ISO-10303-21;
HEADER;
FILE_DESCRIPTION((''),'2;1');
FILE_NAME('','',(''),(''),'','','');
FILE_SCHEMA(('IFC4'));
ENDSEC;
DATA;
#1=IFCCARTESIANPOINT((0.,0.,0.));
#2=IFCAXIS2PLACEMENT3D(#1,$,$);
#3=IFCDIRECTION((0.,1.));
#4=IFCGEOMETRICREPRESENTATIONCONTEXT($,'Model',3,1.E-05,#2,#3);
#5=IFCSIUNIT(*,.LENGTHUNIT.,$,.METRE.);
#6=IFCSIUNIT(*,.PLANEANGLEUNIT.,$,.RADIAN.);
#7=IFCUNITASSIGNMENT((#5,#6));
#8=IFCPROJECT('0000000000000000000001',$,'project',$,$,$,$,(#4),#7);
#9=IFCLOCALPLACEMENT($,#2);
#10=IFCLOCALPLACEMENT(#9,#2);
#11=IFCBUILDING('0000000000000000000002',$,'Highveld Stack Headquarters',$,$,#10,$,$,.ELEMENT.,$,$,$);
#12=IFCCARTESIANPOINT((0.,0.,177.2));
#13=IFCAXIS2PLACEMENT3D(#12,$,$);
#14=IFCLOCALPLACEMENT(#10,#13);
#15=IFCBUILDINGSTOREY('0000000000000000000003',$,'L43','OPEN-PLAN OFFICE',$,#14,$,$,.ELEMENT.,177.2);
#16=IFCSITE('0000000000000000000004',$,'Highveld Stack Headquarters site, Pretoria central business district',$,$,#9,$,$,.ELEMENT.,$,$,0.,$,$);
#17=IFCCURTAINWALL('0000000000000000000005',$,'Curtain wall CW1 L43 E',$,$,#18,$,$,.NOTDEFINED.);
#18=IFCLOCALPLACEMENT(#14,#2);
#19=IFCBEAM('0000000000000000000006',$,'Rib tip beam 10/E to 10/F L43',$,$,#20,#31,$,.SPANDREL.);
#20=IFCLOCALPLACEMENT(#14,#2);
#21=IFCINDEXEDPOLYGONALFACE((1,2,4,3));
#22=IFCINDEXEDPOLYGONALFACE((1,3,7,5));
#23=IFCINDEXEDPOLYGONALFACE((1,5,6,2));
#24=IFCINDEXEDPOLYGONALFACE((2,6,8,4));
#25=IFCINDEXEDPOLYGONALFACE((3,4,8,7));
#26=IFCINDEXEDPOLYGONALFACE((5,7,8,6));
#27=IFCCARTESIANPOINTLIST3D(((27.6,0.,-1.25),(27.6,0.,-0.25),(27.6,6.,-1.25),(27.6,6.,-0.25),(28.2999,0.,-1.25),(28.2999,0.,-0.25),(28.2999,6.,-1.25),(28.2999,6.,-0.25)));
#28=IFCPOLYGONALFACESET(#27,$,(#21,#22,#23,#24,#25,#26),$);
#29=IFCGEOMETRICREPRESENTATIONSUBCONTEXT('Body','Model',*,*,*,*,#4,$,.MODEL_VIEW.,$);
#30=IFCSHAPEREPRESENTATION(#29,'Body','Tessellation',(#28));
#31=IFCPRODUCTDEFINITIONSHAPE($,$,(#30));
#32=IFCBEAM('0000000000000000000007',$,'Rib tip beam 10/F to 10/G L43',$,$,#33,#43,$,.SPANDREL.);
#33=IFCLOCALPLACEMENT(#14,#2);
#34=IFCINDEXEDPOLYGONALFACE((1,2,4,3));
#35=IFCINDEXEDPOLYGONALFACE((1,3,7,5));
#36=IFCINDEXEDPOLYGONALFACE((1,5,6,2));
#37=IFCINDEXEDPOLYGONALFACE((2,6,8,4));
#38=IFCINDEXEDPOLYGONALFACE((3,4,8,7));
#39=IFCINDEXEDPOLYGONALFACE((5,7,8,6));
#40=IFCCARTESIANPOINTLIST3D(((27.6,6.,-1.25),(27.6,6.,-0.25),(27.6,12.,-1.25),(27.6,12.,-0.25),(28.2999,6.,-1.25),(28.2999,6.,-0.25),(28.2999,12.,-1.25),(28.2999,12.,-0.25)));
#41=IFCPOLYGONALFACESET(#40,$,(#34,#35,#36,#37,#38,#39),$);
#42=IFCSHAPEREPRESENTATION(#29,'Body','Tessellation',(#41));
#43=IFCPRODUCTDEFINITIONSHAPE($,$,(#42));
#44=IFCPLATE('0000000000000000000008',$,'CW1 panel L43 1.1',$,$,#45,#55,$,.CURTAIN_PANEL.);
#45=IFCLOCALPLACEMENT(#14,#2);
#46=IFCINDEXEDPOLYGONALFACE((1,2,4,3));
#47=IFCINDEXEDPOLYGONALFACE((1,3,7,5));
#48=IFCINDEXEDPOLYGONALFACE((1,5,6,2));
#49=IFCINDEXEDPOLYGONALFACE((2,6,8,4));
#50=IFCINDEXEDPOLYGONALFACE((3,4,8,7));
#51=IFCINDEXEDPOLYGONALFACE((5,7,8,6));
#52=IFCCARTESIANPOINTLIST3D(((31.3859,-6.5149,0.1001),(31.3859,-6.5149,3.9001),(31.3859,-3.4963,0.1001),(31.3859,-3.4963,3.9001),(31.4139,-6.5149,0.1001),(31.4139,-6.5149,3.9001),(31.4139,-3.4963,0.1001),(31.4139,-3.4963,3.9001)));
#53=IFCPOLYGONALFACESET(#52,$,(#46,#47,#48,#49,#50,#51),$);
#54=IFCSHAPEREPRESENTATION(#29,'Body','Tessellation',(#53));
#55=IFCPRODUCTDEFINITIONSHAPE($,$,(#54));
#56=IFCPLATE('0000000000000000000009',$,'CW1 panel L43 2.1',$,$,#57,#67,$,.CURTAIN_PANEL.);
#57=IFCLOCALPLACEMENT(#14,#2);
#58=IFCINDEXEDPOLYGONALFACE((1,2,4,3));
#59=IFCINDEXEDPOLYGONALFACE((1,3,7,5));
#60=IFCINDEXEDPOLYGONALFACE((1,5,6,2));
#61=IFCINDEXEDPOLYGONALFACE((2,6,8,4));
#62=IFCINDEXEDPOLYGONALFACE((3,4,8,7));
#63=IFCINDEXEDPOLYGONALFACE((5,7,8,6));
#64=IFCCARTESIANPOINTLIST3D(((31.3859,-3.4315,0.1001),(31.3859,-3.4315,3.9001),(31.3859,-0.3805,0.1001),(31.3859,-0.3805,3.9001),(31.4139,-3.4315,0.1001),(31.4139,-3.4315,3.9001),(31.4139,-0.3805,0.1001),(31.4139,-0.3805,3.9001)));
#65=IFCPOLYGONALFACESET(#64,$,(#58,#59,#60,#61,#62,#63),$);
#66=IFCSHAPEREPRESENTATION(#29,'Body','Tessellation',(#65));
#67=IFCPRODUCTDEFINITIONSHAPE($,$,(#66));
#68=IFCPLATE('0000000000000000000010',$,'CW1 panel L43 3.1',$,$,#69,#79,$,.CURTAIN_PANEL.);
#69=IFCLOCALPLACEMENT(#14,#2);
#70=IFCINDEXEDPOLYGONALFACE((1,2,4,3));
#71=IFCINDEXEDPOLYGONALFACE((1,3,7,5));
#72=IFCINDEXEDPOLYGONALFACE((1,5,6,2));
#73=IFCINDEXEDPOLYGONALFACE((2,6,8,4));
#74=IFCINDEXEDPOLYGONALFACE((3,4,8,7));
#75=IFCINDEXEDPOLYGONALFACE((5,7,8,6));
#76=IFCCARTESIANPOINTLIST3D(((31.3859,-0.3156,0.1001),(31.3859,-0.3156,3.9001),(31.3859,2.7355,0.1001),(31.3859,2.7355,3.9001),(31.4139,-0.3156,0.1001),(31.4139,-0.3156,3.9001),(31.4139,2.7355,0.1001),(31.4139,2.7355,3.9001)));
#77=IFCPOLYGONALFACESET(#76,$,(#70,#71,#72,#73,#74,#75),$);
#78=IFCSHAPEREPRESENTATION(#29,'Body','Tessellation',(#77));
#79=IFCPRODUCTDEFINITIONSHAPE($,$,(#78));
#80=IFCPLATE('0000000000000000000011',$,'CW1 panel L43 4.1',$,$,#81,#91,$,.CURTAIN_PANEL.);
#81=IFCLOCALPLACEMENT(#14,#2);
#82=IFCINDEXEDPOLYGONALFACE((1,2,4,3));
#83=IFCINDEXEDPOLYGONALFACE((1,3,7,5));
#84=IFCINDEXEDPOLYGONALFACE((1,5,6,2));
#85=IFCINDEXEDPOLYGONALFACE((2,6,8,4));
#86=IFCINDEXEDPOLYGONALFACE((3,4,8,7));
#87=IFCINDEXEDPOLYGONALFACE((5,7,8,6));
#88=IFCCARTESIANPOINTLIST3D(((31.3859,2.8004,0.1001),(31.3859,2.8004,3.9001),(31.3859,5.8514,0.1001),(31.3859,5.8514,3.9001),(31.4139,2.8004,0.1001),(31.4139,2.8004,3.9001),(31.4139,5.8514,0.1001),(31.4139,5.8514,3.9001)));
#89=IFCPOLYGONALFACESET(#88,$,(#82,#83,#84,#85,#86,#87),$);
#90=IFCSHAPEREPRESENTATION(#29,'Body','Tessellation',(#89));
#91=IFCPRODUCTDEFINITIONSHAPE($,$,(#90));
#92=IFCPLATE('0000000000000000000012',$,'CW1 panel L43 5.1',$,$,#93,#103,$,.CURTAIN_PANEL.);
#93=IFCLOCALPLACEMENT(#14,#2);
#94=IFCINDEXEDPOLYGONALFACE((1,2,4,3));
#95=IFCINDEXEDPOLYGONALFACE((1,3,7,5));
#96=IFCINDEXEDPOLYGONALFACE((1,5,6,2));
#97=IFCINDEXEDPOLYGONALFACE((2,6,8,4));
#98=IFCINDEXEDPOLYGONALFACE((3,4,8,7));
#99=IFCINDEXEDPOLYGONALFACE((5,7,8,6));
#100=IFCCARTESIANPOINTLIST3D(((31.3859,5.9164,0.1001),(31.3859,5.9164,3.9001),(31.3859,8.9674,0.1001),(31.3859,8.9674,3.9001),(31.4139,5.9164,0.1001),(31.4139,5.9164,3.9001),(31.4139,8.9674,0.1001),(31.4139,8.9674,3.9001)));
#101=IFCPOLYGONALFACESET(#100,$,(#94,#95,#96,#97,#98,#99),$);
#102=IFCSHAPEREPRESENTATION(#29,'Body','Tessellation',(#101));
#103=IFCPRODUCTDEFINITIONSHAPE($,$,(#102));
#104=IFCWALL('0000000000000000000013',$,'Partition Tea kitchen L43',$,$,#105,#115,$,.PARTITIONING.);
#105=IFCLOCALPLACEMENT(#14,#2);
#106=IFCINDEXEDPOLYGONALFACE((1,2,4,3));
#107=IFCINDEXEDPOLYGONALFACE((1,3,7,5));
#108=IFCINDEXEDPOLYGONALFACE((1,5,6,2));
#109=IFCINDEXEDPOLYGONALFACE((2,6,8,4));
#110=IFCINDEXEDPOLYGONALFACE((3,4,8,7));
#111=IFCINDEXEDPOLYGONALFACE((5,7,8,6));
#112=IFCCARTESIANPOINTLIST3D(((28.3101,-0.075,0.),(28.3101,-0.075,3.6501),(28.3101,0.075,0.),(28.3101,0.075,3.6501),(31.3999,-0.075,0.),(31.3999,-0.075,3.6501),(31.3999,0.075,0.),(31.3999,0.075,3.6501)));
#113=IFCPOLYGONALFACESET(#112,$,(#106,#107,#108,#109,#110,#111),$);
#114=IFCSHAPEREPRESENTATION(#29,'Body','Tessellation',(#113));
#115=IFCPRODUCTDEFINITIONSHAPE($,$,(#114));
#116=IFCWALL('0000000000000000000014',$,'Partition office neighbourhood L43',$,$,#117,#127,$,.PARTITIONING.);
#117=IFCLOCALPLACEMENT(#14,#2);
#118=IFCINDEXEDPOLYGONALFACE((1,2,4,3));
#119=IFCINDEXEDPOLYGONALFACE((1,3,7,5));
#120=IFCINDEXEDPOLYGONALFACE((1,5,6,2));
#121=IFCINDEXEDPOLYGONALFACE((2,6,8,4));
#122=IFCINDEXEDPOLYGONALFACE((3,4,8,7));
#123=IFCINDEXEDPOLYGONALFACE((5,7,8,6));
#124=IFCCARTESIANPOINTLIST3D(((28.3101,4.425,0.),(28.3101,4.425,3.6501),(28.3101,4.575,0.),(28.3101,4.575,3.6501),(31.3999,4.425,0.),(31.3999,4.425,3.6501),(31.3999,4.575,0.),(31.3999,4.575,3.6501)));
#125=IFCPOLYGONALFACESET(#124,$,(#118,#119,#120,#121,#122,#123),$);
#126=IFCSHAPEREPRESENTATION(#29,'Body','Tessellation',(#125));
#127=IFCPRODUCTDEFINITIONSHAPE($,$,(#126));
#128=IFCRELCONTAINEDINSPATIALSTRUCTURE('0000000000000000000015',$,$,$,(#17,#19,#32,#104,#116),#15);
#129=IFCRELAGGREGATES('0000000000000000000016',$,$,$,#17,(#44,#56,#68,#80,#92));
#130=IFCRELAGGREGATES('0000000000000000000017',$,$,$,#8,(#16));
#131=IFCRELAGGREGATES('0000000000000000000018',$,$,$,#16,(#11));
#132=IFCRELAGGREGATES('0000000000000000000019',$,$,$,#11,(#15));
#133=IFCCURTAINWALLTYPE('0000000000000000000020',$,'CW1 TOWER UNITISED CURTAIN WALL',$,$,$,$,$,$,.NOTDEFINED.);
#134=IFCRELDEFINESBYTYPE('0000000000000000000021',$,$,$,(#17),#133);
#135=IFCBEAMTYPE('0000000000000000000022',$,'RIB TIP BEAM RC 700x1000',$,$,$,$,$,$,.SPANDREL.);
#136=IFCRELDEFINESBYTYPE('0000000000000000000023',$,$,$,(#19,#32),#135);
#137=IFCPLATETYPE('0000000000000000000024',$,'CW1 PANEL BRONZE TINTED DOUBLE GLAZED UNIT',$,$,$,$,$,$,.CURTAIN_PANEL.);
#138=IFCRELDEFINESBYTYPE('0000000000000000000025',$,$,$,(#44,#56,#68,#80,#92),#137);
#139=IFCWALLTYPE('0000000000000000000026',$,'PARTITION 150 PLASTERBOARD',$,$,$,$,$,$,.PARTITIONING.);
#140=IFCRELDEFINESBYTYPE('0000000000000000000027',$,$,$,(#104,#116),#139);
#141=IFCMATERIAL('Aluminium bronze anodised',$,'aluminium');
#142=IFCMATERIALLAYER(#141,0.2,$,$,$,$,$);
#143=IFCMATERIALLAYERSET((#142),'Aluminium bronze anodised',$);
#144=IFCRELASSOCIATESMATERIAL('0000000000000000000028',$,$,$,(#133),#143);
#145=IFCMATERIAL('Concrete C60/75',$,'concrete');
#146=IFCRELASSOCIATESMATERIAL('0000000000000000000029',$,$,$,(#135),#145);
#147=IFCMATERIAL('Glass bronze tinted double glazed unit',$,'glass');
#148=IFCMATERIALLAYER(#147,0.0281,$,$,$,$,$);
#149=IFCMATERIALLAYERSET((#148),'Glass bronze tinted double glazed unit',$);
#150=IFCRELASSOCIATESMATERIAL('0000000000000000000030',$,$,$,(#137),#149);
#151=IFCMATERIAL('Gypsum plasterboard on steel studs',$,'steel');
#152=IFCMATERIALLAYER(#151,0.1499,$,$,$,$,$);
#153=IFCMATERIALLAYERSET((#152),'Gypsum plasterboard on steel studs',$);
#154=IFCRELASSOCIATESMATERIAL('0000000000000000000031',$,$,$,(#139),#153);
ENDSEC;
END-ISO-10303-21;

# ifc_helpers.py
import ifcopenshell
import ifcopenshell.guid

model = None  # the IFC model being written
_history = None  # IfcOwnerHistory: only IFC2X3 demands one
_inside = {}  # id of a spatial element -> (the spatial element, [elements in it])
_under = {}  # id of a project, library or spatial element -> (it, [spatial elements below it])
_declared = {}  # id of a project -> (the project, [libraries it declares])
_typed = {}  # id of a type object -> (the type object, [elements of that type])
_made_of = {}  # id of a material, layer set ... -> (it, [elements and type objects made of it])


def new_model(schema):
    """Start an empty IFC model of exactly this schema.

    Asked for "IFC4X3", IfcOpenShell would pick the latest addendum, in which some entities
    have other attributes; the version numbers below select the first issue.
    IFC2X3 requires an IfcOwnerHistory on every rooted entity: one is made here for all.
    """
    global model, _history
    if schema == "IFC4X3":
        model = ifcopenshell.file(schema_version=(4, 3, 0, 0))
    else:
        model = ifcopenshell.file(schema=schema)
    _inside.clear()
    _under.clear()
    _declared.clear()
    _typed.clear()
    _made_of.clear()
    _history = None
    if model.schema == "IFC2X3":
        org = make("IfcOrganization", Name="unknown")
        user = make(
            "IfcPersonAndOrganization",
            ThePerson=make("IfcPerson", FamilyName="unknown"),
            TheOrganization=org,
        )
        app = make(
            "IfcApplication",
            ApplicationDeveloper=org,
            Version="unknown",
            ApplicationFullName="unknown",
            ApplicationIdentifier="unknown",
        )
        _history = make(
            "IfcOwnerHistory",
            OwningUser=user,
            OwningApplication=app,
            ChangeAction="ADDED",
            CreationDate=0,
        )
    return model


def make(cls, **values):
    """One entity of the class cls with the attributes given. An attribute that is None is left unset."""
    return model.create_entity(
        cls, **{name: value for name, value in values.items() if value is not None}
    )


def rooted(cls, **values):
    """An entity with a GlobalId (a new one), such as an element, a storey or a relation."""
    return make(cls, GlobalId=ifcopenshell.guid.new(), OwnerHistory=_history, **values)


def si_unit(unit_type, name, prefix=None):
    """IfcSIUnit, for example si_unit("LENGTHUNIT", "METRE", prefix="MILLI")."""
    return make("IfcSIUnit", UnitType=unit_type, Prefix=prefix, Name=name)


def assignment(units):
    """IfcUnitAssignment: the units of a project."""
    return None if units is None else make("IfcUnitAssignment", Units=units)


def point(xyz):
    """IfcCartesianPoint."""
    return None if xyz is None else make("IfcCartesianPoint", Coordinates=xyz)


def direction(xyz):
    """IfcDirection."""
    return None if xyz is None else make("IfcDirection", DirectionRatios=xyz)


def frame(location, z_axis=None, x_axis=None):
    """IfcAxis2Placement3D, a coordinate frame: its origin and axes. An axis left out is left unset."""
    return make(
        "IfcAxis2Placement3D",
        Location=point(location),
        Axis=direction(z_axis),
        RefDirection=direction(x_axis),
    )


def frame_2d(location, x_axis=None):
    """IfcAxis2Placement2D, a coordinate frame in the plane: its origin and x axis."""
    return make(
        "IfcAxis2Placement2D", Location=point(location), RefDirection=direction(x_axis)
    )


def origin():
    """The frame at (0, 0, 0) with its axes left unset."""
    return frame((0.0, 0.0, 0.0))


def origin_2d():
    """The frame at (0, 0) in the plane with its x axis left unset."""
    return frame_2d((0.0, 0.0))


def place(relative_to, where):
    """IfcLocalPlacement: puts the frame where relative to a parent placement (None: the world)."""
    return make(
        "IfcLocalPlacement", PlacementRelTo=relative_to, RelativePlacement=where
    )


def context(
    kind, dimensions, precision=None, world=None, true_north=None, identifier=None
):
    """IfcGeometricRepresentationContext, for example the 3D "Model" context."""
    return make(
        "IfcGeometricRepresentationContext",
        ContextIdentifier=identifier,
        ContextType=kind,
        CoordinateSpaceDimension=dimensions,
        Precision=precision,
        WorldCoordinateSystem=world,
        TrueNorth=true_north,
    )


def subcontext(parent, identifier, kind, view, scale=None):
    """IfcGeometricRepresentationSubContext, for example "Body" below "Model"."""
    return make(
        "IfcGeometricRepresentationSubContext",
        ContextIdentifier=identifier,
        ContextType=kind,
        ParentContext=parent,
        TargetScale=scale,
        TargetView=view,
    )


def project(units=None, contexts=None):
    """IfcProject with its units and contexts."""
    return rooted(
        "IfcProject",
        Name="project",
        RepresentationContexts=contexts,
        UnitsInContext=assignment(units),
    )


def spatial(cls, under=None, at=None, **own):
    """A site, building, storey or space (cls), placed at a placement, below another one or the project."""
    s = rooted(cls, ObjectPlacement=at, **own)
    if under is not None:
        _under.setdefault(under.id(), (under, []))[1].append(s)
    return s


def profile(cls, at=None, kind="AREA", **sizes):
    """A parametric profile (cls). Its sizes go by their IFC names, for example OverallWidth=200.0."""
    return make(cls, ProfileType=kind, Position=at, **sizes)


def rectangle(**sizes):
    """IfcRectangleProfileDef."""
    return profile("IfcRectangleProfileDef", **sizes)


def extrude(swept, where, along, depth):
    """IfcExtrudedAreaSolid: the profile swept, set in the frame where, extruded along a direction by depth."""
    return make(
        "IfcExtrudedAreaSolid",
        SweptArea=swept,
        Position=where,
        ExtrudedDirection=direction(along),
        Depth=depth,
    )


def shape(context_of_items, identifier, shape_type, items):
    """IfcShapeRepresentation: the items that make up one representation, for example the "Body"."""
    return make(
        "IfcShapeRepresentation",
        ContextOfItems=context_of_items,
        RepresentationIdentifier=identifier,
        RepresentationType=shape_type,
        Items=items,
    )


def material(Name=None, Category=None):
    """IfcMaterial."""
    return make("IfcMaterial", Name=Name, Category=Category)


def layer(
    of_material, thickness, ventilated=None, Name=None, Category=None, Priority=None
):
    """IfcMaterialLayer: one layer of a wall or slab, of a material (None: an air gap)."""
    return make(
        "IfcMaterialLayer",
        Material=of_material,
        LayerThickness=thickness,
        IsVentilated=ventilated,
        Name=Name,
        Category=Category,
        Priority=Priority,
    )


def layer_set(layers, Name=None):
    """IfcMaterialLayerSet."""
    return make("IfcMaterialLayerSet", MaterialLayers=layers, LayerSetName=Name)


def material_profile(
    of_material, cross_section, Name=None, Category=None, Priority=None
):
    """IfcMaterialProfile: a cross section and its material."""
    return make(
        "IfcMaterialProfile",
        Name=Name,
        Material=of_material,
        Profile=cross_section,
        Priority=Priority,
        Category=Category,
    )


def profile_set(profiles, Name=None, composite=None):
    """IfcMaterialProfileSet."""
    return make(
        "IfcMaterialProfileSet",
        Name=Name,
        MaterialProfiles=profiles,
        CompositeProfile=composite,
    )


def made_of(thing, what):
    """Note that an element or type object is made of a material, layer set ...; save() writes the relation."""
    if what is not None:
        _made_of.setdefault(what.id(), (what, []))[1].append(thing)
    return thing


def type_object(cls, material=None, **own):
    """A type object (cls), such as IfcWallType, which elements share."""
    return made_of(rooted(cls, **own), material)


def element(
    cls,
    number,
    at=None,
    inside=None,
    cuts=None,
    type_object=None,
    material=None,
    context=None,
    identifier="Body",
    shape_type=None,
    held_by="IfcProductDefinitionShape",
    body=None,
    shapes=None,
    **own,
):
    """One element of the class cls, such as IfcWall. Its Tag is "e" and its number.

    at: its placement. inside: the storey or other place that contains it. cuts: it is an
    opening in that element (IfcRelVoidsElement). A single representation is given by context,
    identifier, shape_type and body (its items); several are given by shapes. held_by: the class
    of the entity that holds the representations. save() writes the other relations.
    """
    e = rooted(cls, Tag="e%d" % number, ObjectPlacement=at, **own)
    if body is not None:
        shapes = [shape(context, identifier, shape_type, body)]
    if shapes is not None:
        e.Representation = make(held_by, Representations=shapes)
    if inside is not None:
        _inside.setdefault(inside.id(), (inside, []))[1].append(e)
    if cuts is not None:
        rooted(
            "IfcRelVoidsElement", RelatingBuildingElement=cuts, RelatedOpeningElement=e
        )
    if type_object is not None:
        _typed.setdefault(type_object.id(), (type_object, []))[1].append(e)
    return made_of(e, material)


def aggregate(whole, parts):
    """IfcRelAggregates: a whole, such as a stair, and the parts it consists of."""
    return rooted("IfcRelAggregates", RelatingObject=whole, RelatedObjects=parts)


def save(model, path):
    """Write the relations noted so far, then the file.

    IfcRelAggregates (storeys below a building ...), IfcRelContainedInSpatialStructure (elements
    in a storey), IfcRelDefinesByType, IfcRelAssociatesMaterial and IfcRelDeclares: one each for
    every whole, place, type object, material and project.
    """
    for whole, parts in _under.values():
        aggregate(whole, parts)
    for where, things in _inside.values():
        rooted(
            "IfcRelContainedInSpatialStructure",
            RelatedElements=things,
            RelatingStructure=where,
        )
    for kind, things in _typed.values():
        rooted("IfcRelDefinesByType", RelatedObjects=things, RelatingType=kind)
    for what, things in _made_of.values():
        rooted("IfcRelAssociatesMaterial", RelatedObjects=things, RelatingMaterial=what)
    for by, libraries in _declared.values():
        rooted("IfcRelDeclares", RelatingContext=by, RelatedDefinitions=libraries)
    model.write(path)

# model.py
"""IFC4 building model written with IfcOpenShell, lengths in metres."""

from ifc_helpers import new_model, si_unit, direction, frame, frame_2d, origin, origin_2d, place, context, subcontext, project, spatial, rectangle, extrude, material, layer, layer_set, material_profile, profile_set, type_object, element, aggregate, save


model = new_model("IFC4")

# Units and contexts
model_context = context("Model", 3, precision=1e-05, world=origin(), true_north=direction((0.0, 1.0)))
body_context = subcontext(model_context, "Body", "Model", "MODEL_VIEW")
ifc_project = project(units=[si_unit("LENGTHUNIT", "METRE"), si_unit("PLANEANGLEUNIT", "RADIAN")], contexts=[model_context])

# Site, building, storey
site_placement = place(None, origin())
site = spatial("IfcSite", under=ifc_project, at=site_placement, Name="Highveld Stack Headquarters site, Pretoria central business district", CompositionType="ELEMENT", RefElevation=0.0)
building_placement = place(site_placement, origin())
building = spatial("IfcBuilding", under=site, at=building_placement, Name="Highveld Stack Headquarters", CompositionType="ELEMENT")
storey_placement = place(building_placement, frame((0.0, 0.0, 177.2)))
storey = spatial("IfcBuildingStorey", under=building, at=storey_placement, Name="L43", Description="OPEN-PLAN OFFICE", CompositionType="ELEMENT", Elevation=177.2)

# Curtain wall
ifc_material_1 = material(Name="Aluminium bronze anodised", Category="aluminium")
ifc_layer_1 = layer(ifc_material_1, 0.2)
ifc_layer_set_1 = layer_set([ifc_layer_1], Name="Aluminium bronze anodised")
curtain_wall_type = type_object("IfcCurtainWallType", Name="CW1 TOWER UNITISED CURTAIN WALL", PredefinedType="NOTDEFINED", material=ifc_layer_set_1)
curtain_wall_placement = place(storey_placement, origin())
curtain_wall = element("IfcCurtainWall", 1, at=curtain_wall_placement, inside=storey, type_object=curtain_wall_type, Name="Curtain wall CW1 L43 E", PredefinedType="NOTDEFINED")

# Beams
ifc_material_2 = material(Name="Concrete C60/75", Category="concrete")
ifc_material_profile_1 = material_profile(ifc_material_2, rectangle(XDim=0.7, YDim=1.0, at=origin_2d()), Name="RC 700x1000")
ifc_profile_set_1 = profile_set([ifc_material_profile_1], Name="Concrete C60/75")
beam_type = type_object("IfcBeamType", Name="RIB TIP BEAM RC 700x1000", PredefinedType="SPANDREL", material=ifc_profile_set_1)
for number, where, z_axis, x_axis, name in (
    (2, (27.95, 0.0, -0.75), (0.0, 1.0, 0.0), (-1.0, 0.0, 0.0), "Rib tip beam 10/E to 10/F L43"),
    (3, (27.95, 6.0, -0.75), (0.0, 1.0, 0.0), (-1.0, 0.0, 0.0), "Rib tip beam 10/F to 10/G L43"),
):
    element("IfcBeam", number, at=place(storey_placement, frame(where, z_axis=z_axis, x_axis=x_axis)), inside=storey, type_object=beam_type, Name=name, PredefinedType="SPANDREL", context=body_context, shape_type="SweptSolid", body=[
        extrude(rectangle(XDim=0.7, YDim=1.0, at=origin_2d()), origin(), (0.0, 0.0, 1.0), 6.0),
    ])

# Plates
ifc_material_3 = material(Name="Glass bronze tinted double glazed unit", Category="glass")
ifc_layer_2 = layer(ifc_material_3, 0.0281)
ifc_layer_set_2 = layer_set([ifc_layer_2], Name="Glass bronze tinted double glazed unit")
plate_type = type_object("IfcPlateType", Name="CW1 PANEL BRONZE TINTED DOUBLE GLAZED UNIT", PredefinedType="CURTAIN_PANEL", material=ifc_layer_set_2)
plate_1_placement = place(storey_placement, frame((31.3999, -5.0056, 0.1001), z_axis=(0.0, 0.0, 1.0), x_axis=(0.0, 1.0, 0.0)))
plate_1 = element("IfcPlate", 4, at=plate_1_placement, type_object=plate_type, Name="CW1 panel L43 1.1", PredefinedType="CURTAIN_PANEL", context=body_context, shape_type="SweptSolid", body=[
    extrude(rectangle(XDim=3.0186, YDim=0.0281, at=origin_2d()), origin(), (0.0, 0.0, 1.0), 3.8),
])
plate_2_placement = place(storey_placement, frame((31.3999, -1.906, 0.1001), z_axis=(0.0, 0.0, 1.0), x_axis=(0.0, 1.0, 0.0)))
plate_2 = element("IfcPlate", 5, at=plate_2_placement, type_object=plate_type, Name="CW1 panel L43 2.1", PredefinedType="CURTAIN_PANEL", context=body_context, shape_type="SweptSolid", body=[
    extrude(rectangle(XDim=3.051, YDim=0.0281, at=origin_2d()), origin(), (0.0, 0.0, 1.0), 3.8),
])
plate_3_placement = place(storey_placement, frame((31.3999, 1.21, 0.1001), z_axis=(0.0, 0.0, 1.0), x_axis=(0.0, 1.0, 0.0)))
plate_3 = element("IfcPlate", 6, at=plate_3_placement, type_object=plate_type, Name="CW1 panel L43 3.1", PredefinedType="CURTAIN_PANEL", context=body_context, shape_type="SweptSolid", body=[
    extrude(rectangle(XDim=3.051, YDim=0.0281, at=origin_2d()), origin(), (0.0, 0.0, 1.0), 3.8),
])
plate_4_placement = place(storey_placement, frame((31.3999, 4.3259, 0.1001), z_axis=(0.0, 0.0, 1.0), x_axis=(0.0, 1.0, 0.0)))
plate_4 = element("IfcPlate", 7, at=plate_4_placement, type_object=plate_type, Name="CW1 panel L43 4.1", PredefinedType="CURTAIN_PANEL", context=body_context, shape_type="SweptSolid", body=[
    extrude(rectangle(XDim=3.051, YDim=0.0281, at=origin_2d()), origin(), (0.0, 0.0, 1.0), 3.8),
])
plate_5_placement = place(storey_placement, frame((31.3999, 7.4419, 0.1001), z_axis=(0.0, 0.0, 1.0), x_axis=(0.0, 1.0, 0.0)))
plate_5 = element("IfcPlate", 8, at=plate_5_placement, type_object=plate_type, Name="CW1 panel L43 5.1", PredefinedType="CURTAIN_PANEL", context=body_context, shape_type="SweptSolid", body=[
    extrude(rectangle(XDim=3.051, YDim=0.0281, at=origin_2d()), origin(), (0.0, 0.0, 1.0), 3.8),
])
aggregate(curtain_wall, [plate_1, plate_2, plate_3, plate_4, plate_5])

# Walls
ifc_material_4 = material(Name="Gypsum plasterboard on steel studs", Category="steel")
ifc_layer_3 = layer(ifc_material_4, 0.1499)
ifc_layer_set_3 = layer_set([ifc_layer_3], Name="Gypsum plasterboard on steel studs")
wall_type = type_object("IfcWallType", Name="PARTITION 150 PLASTERBOARD", PredefinedType="PARTITIONING", material=ifc_layer_set_3)
for number, where, z_axis, x_axis, name in (
    (9, (28.3101, 0.0, 0.0), (0.0, 0.0, 1.0), (1.0, 0.0, 0.0), "Partition Tea kitchen L43"),
    (10, (28.3101, 4.5, 0.0), (0.0, 0.0, 1.0), (1.0, 0.0, 0.0), "Partition office neighbourhood L43"),
):
    element("IfcWall", number, at=place(storey_placement, frame(where, z_axis=z_axis, x_axis=x_axis)), inside=storey, type_object=wall_type, Name=name, PredefinedType="PARTITIONING", context=body_context, shape_type="SweptSolid", body=[
        extrude(rectangle(XDim=3.0898, YDim=0.1499, at=frame_2d((1.5449, 0.0))), origin(), (0.0, 0.0, 1.0), 3.6501),
    ])

save(model, "model.ifc")
